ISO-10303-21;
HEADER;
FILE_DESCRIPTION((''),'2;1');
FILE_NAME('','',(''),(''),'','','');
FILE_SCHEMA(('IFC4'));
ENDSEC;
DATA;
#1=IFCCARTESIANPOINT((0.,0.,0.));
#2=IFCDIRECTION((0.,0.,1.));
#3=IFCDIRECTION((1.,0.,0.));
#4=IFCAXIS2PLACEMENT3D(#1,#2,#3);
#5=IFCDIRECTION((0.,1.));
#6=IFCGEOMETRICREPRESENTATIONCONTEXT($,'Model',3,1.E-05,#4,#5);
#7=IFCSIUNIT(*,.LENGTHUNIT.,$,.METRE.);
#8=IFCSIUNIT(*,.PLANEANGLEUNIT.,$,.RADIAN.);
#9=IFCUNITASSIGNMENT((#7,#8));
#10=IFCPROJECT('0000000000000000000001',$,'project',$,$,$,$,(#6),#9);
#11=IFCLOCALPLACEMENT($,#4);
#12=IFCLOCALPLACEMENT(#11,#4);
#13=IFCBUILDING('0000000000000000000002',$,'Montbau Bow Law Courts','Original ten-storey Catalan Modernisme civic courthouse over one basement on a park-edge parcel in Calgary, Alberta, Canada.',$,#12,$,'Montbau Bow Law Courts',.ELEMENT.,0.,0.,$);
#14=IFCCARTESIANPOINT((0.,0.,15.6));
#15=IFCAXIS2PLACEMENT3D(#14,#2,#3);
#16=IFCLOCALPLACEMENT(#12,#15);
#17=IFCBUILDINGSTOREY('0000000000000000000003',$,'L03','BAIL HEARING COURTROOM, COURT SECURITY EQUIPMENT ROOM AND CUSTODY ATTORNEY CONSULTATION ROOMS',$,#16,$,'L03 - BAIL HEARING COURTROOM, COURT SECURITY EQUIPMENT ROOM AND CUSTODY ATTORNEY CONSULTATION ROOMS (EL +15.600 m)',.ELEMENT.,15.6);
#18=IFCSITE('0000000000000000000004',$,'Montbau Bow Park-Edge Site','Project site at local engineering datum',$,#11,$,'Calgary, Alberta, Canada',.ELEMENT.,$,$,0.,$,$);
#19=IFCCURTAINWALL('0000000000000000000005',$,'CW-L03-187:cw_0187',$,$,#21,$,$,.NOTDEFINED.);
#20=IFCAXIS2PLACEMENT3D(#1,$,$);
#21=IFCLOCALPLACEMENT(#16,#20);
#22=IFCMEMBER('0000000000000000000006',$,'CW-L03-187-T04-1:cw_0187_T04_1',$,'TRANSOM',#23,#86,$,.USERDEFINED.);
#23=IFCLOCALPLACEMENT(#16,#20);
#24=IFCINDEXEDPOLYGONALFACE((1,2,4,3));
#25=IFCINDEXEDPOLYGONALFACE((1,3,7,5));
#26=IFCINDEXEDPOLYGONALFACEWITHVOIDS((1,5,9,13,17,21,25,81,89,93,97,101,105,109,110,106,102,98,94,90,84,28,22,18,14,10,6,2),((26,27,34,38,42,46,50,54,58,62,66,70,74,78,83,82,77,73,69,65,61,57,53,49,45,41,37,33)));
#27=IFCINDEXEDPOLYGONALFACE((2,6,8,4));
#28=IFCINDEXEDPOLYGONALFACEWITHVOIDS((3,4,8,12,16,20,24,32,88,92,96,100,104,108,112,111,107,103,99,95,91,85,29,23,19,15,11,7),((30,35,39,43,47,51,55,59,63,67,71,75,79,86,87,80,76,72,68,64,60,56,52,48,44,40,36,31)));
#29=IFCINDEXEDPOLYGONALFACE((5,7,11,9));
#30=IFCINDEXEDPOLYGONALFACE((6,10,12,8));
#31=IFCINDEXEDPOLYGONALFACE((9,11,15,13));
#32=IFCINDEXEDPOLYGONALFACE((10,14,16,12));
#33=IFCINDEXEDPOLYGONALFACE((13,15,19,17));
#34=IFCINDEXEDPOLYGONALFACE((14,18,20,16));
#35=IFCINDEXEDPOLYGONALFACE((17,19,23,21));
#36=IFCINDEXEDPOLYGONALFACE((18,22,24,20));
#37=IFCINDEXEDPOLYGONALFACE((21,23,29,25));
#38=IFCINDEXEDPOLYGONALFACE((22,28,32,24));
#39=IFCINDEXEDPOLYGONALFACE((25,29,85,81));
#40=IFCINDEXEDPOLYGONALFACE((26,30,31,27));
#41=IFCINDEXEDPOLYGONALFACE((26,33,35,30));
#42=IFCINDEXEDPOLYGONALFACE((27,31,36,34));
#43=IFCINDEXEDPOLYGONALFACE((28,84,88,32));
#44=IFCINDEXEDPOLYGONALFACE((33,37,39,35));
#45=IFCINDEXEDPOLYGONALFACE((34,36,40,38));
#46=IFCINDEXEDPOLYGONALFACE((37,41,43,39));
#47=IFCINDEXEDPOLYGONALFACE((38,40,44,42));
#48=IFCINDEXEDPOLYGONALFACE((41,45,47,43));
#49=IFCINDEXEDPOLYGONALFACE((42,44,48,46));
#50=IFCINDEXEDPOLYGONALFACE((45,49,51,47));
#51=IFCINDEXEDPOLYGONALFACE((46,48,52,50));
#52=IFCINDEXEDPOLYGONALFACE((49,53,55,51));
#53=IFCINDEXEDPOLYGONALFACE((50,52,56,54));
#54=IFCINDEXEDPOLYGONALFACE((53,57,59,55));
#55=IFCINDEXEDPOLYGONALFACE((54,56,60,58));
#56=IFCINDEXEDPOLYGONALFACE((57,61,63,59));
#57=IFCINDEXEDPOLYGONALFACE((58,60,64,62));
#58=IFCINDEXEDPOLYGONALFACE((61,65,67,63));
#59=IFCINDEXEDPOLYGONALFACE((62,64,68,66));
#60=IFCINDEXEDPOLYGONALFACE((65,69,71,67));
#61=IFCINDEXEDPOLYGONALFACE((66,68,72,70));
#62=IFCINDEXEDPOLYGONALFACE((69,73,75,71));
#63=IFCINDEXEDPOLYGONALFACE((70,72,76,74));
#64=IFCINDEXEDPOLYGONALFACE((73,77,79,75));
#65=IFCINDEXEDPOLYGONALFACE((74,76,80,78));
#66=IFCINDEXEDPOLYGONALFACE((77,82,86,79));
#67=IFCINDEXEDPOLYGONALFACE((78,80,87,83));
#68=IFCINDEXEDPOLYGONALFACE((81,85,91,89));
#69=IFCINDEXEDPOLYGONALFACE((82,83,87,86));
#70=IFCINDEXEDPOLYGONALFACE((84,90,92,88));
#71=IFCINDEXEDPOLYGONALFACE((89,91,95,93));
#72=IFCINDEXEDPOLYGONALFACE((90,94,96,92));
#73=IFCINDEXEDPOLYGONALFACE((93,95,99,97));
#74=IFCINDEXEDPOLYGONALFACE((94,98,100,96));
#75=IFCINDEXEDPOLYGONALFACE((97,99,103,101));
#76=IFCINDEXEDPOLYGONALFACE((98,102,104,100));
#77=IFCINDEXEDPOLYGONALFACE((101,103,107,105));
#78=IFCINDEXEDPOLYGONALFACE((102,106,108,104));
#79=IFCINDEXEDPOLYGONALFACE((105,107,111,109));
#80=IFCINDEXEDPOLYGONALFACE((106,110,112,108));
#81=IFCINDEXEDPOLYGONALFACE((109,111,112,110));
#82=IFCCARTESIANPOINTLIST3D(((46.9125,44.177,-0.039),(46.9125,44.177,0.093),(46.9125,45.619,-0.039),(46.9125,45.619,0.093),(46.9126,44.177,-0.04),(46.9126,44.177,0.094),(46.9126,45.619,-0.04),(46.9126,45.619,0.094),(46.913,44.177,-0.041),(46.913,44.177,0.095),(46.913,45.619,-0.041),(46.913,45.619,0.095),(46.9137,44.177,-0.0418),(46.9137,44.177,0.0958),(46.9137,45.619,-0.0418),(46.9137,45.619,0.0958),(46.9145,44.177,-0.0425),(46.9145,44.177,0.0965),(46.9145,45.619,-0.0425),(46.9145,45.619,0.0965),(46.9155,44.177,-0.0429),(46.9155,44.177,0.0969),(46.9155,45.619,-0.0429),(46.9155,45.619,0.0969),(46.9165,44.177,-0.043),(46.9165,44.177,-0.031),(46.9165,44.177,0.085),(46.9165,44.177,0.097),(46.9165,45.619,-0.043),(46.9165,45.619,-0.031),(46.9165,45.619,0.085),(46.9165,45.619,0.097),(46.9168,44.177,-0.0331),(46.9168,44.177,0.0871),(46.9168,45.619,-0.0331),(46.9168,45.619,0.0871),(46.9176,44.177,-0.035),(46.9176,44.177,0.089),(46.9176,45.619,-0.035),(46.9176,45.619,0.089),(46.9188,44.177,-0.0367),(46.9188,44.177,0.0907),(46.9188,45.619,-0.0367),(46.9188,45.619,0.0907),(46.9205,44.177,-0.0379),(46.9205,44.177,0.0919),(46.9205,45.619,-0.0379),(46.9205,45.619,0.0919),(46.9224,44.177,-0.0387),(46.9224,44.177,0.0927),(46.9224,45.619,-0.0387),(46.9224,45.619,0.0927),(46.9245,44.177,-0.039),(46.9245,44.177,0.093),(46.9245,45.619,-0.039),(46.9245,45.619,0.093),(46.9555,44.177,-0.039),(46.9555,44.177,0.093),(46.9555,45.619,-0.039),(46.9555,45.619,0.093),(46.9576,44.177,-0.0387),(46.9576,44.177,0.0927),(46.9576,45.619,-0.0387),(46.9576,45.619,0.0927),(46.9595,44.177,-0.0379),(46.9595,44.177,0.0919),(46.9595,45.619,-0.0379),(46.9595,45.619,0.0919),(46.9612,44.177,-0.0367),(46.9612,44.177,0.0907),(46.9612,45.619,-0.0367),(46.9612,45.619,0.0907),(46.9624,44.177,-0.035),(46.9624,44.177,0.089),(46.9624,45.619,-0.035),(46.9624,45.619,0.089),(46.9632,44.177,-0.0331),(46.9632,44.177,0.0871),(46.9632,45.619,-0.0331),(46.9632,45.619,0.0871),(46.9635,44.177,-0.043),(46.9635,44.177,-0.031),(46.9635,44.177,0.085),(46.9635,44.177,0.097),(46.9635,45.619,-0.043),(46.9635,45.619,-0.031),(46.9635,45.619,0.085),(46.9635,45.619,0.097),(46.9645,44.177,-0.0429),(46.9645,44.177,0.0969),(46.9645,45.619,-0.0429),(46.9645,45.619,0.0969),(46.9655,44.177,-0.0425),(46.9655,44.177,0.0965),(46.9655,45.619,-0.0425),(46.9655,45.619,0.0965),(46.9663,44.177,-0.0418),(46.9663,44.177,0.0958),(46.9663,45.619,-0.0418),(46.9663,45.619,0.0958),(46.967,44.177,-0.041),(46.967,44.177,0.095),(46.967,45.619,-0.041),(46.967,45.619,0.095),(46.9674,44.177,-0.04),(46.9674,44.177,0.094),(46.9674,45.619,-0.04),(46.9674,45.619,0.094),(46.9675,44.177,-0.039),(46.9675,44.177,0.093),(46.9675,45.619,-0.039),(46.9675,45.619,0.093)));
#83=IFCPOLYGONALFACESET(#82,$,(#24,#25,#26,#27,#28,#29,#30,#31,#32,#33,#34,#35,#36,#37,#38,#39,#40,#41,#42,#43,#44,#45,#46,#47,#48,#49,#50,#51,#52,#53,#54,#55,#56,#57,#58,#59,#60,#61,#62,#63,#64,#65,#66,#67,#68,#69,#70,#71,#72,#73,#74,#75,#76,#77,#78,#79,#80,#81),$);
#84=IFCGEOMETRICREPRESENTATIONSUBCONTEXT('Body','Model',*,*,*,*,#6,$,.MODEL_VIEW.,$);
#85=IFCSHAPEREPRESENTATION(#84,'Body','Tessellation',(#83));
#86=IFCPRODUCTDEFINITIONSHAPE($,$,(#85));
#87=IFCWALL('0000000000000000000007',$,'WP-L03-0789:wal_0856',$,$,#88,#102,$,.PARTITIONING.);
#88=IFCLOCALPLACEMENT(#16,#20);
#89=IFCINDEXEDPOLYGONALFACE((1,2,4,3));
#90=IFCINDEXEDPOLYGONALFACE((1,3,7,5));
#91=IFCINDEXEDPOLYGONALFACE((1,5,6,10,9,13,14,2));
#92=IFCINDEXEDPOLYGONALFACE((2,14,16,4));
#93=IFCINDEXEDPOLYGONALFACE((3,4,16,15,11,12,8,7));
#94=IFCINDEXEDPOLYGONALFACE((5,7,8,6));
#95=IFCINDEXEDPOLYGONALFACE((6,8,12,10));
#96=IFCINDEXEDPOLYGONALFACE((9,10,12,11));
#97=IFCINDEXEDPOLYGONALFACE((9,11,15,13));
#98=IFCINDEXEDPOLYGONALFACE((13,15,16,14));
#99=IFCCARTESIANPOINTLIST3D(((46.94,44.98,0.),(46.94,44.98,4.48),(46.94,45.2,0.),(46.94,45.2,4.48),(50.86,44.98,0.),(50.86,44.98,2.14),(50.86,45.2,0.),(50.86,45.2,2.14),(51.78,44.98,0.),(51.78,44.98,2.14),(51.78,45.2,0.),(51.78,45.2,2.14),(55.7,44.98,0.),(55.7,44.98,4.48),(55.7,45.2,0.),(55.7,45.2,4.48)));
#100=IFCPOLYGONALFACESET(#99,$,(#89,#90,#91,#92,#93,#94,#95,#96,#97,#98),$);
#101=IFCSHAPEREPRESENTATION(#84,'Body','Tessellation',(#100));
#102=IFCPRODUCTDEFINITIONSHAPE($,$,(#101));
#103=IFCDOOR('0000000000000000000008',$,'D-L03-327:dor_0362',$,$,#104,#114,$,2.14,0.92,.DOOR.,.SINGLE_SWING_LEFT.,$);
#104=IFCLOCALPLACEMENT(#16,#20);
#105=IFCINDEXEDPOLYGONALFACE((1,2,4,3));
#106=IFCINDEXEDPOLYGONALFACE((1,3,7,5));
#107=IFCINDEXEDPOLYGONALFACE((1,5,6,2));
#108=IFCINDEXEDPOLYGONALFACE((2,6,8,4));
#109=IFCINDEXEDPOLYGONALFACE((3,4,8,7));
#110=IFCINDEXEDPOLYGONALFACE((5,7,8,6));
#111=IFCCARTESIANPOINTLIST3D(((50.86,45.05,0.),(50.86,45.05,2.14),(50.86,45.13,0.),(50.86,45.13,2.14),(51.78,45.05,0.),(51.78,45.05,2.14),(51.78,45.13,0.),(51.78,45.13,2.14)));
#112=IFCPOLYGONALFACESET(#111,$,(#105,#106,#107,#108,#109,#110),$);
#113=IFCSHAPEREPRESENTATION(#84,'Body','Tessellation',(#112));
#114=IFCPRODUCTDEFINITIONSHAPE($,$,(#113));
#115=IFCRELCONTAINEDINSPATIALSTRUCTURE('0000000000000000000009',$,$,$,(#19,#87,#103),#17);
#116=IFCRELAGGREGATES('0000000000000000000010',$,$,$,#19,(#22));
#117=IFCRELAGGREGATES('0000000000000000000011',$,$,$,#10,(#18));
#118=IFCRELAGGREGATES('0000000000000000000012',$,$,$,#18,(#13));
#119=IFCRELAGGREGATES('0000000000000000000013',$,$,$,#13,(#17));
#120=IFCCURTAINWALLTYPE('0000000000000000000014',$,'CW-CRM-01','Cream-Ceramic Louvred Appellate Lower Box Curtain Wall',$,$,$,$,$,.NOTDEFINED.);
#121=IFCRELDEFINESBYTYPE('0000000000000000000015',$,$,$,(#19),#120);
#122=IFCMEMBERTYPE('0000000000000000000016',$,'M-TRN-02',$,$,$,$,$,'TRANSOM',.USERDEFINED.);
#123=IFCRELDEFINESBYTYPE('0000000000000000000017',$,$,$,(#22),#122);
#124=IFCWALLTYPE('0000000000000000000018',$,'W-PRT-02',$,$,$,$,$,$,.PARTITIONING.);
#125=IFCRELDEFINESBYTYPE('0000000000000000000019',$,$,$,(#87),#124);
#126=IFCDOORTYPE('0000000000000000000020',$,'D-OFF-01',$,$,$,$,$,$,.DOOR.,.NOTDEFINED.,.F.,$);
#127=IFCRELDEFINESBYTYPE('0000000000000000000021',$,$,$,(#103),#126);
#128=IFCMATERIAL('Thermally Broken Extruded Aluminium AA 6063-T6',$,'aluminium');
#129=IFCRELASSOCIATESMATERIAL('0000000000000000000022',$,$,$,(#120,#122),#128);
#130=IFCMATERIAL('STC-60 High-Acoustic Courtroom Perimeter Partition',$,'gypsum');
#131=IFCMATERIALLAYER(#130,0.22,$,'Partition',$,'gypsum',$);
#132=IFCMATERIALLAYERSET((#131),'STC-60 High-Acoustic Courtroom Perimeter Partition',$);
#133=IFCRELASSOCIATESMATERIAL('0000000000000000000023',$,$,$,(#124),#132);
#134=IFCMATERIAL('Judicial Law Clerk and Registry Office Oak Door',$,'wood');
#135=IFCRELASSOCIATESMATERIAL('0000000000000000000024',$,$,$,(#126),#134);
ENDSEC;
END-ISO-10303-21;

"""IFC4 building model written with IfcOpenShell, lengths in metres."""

from ifc_helpers import new_model, si_unit, direction, frame, frame_2d, origin_with_axes, origin_2d_with_axis, place, context, subcontext, project, spatial, rectangle, hollow_rectangle, extrude, material, layer, layer_set, material_profile, profile_set, type_object, element, fill, aggregate, save


model = new_model("IFC4")

# Units and contexts
model_context = context("Model", 3, precision=1e-05, world=origin_with_axes(), true_north=direction((0.0, 1.0)))
body_context = subcontext(model_context, "Body", "Model", "MODEL_VIEW")
ifc_project = project(units=[si_unit("LENGTHUNIT", "METRE"), si_unit("PLANEANGLEUNIT", "RADIAN")], contexts=[model_context])

# Site, building, storey
site_placement = place(None, origin_with_axes())
site = spatial("IfcSite", under=ifc_project, at=site_placement, Name="Montbau Bow Park-Edge Site", Description="Project site at local engineering datum", LongName="Calgary, Alberta, Canada", CompositionType="ELEMENT", RefElevation=0.0)
building_placement = place(site_placement, origin_with_axes())
building = spatial("IfcBuilding", under=site, at=building_placement, Name="Montbau Bow Law Courts", Description="Original ten-storey Catalan Modernisme civic courthouse over one basement on a park-edge parcel in Calgary, Alberta, Canada.", LongName="Montbau Bow Law Courts", CompositionType="ELEMENT", ElevationOfRefHeight=0.0, ElevationOfTerrain=0.0)
storey_placement = place(building_placement, frame((0.0, 0.0, 15.6), z_axis=(0.0, 0.0, 1.0), x_axis=(1.0, 0.0, 0.0)))
storey = spatial("IfcBuildingStorey", under=building, at=storey_placement, Name="L03", Description="BAIL HEARING COURTROOM, COURT SECURITY EQUIPMENT ROOM AND CUSTODY ATTORNEY CONSULTATION ROOMS", LongName="L03 - BAIL HEARING COURTROOM, COURT SECURITY EQUIPMENT ROOM AND CUSTODY ATTORNEY CONSULTATION ROOMS (EL +15.600 m)", CompositionType="ELEMENT", Elevation=15.6)

# Curtain wall, member
ifc_material_1 = material(Name="Thermally Broken Extruded Aluminium AA 6063-T6", Category="aluminium")
curtain_wall_type_1 = type_object("IfcCurtainWallType", Name="CW-CRM-01", Description="Cream-Ceramic Louvred Appellate Lower Box Curtain Wall", PredefinedType="NOTDEFINED", material=ifc_material_1)
curtain_wall_1_placement = place(None, frame((46.94, 39.515, 15.6), z_axis=(0.0, 0.0, 1.0), x_axis=(1.0, 0.0, 0.0)))
curtain_wall_1 = element("IfcCurtainWall", 1, at=curtain_wall_1_placement, inside=storey, type_object=curtain_wall_type_1, Name="CW-L03-187:cw_0187", PredefinedType="NOTDEFINED")
ifc_material_profile_1 = material_profile(ifc_material_1, hollow_rectangle(XDim=0.055, YDim=0.14, WallThickness=0.004, InnerFilletRadius=0.008, OuterFilletRadius=0.004, at=origin_2d_with_axis()), Name="CWT-140X55", Category="Main", Priority=0)
ifc_profile_set_1 = profile_set([ifc_material_profile_1], Name="Thermally Broken Extruded Aluminium AA 6063-T6")
member_type_1 = type_object("IfcMemberType", Name="M-TRN-02", ElementType="TRANSOM", PredefinedType="USERDEFINED", material=ifc_profile_set_1)
member_1_placement = place(None, frame((46.94, 44.177, 15.627), z_axis=(0.0, 1.0, 0.0), x_axis=(-1.0, 0.0, 0.0)))
member_1 = element("IfcMember", 2, at=member_1_placement, type_object=member_type_1, Name="CW-L03-187-T04-1:cw_0187_T04_1", ObjectType="TRANSOM", PredefinedType="USERDEFINED", context=body_context, shape_type="SweptSolid", body=[
    extrude(hollow_rectangle(XDim=0.055, YDim=0.14, WallThickness=0.004, InnerFilletRadius=0.008, OuterFilletRadius=0.004, at=origin_2d_with_axis()), origin_with_axes(), (0.0, 0.0, 1.0), 1.442),
])
aggregate(curtain_wall_1, [member_1])

# Wall, opening, door
ifc_material_2 = material(Name="STC-60 High-Acoustic Courtroom Perimeter Partition", Category="gypsum")
ifc_layer = layer(ifc_material_2, 0.22, Name="Partition", Category="gypsum")
ifc_layer_set = layer_set([ifc_layer], Name="STC-60 High-Acoustic Courtroom Perimeter Partition")
wall_type = type_object("IfcWallType", Name="W-PRT-02", PredefinedType="PARTITIONING", material=ifc_layer_set)
wall_1_placement = place(None, frame((46.94, 45.09, 15.6), z_axis=(0.0, 0.0, 1.0), x_axis=(1.0, 0.0, 0.0)))
wall_1 = element("IfcWall", 3, at=wall_1_placement, inside=storey, type_object=wall_type, Name="WP-L03-0789:wal_0856", PredefinedType="PARTITIONING", context=body_context, shape_type="SweptSolid", body=[
    extrude(rectangle(XDim=8.76, YDim=0.22, at=frame_2d((4.38, 0.0), x_axis=(1.0, 0.0))), origin_with_axes(), (0.0, 0.0, 1.0), 4.48),
])
opening_1_placement = place(None, frame((51.32, 45.09, 15.6), z_axis=(0.0, 0.0, 1.0), x_axis=(1.0, 0.0, 0.0)))
opening_1 = element("IfcOpeningElement", 4, at=opening_1_placement, cuts=wall_1, PredefinedType="OPENING", context=body_context, shape_type="SweptSolid", body=[
    extrude(rectangle(XDim=0.92, YDim=2.14, at=frame_2d((0.0, 1.07), x_axis=(1.0, 0.0))), frame((0.0, 0.12, 0.0), z_axis=(0.0, -1.0, 0.0), x_axis=(1.0, 0.0, 0.0)), (0.0, 0.0, 1.0), 0.24),
])
ifc_material_3 = material(Name="Judicial Law Clerk and Registry Office Oak Door", Category="wood")
door_type_1 = type_object("IfcDoorType", Name="D-OFF-01", OperationType="NOTDEFINED", ParameterTakesPrecedence=False, PredefinedType="DOOR", material=ifc_material_3)
door_1_placement = place(None, frame((51.32, 45.09, 15.6), z_axis=(0.0, 0.0, 1.0), x_axis=(-1.0, 0.0, 0.0)))
door_1 = element("IfcDoor", 5, at=door_1_placement, inside=storey, type_object=door_type_1, Name="D-L03-327:dor_0362", OperationType="SINGLE_SWING_LEFT", OverallHeight=2.14, OverallWidth=0.92, PredefinedType="DOOR", context=body_context, shape_type="SweptSolid", body=[
    extrude(rectangle(XDim=0.92, YDim=2.14, at=frame_2d((0.0, 1.07), x_axis=(1.0, 0.0))), frame((0.0, 0.04, 0.0), z_axis=(0.0, -1.0, 0.0), x_axis=(1.0, 0.0, 0.0)), (0.0, 0.0, 1.0), 0.08),
])
fill(opening_1, door_1)

save(model, "model.ifc")
